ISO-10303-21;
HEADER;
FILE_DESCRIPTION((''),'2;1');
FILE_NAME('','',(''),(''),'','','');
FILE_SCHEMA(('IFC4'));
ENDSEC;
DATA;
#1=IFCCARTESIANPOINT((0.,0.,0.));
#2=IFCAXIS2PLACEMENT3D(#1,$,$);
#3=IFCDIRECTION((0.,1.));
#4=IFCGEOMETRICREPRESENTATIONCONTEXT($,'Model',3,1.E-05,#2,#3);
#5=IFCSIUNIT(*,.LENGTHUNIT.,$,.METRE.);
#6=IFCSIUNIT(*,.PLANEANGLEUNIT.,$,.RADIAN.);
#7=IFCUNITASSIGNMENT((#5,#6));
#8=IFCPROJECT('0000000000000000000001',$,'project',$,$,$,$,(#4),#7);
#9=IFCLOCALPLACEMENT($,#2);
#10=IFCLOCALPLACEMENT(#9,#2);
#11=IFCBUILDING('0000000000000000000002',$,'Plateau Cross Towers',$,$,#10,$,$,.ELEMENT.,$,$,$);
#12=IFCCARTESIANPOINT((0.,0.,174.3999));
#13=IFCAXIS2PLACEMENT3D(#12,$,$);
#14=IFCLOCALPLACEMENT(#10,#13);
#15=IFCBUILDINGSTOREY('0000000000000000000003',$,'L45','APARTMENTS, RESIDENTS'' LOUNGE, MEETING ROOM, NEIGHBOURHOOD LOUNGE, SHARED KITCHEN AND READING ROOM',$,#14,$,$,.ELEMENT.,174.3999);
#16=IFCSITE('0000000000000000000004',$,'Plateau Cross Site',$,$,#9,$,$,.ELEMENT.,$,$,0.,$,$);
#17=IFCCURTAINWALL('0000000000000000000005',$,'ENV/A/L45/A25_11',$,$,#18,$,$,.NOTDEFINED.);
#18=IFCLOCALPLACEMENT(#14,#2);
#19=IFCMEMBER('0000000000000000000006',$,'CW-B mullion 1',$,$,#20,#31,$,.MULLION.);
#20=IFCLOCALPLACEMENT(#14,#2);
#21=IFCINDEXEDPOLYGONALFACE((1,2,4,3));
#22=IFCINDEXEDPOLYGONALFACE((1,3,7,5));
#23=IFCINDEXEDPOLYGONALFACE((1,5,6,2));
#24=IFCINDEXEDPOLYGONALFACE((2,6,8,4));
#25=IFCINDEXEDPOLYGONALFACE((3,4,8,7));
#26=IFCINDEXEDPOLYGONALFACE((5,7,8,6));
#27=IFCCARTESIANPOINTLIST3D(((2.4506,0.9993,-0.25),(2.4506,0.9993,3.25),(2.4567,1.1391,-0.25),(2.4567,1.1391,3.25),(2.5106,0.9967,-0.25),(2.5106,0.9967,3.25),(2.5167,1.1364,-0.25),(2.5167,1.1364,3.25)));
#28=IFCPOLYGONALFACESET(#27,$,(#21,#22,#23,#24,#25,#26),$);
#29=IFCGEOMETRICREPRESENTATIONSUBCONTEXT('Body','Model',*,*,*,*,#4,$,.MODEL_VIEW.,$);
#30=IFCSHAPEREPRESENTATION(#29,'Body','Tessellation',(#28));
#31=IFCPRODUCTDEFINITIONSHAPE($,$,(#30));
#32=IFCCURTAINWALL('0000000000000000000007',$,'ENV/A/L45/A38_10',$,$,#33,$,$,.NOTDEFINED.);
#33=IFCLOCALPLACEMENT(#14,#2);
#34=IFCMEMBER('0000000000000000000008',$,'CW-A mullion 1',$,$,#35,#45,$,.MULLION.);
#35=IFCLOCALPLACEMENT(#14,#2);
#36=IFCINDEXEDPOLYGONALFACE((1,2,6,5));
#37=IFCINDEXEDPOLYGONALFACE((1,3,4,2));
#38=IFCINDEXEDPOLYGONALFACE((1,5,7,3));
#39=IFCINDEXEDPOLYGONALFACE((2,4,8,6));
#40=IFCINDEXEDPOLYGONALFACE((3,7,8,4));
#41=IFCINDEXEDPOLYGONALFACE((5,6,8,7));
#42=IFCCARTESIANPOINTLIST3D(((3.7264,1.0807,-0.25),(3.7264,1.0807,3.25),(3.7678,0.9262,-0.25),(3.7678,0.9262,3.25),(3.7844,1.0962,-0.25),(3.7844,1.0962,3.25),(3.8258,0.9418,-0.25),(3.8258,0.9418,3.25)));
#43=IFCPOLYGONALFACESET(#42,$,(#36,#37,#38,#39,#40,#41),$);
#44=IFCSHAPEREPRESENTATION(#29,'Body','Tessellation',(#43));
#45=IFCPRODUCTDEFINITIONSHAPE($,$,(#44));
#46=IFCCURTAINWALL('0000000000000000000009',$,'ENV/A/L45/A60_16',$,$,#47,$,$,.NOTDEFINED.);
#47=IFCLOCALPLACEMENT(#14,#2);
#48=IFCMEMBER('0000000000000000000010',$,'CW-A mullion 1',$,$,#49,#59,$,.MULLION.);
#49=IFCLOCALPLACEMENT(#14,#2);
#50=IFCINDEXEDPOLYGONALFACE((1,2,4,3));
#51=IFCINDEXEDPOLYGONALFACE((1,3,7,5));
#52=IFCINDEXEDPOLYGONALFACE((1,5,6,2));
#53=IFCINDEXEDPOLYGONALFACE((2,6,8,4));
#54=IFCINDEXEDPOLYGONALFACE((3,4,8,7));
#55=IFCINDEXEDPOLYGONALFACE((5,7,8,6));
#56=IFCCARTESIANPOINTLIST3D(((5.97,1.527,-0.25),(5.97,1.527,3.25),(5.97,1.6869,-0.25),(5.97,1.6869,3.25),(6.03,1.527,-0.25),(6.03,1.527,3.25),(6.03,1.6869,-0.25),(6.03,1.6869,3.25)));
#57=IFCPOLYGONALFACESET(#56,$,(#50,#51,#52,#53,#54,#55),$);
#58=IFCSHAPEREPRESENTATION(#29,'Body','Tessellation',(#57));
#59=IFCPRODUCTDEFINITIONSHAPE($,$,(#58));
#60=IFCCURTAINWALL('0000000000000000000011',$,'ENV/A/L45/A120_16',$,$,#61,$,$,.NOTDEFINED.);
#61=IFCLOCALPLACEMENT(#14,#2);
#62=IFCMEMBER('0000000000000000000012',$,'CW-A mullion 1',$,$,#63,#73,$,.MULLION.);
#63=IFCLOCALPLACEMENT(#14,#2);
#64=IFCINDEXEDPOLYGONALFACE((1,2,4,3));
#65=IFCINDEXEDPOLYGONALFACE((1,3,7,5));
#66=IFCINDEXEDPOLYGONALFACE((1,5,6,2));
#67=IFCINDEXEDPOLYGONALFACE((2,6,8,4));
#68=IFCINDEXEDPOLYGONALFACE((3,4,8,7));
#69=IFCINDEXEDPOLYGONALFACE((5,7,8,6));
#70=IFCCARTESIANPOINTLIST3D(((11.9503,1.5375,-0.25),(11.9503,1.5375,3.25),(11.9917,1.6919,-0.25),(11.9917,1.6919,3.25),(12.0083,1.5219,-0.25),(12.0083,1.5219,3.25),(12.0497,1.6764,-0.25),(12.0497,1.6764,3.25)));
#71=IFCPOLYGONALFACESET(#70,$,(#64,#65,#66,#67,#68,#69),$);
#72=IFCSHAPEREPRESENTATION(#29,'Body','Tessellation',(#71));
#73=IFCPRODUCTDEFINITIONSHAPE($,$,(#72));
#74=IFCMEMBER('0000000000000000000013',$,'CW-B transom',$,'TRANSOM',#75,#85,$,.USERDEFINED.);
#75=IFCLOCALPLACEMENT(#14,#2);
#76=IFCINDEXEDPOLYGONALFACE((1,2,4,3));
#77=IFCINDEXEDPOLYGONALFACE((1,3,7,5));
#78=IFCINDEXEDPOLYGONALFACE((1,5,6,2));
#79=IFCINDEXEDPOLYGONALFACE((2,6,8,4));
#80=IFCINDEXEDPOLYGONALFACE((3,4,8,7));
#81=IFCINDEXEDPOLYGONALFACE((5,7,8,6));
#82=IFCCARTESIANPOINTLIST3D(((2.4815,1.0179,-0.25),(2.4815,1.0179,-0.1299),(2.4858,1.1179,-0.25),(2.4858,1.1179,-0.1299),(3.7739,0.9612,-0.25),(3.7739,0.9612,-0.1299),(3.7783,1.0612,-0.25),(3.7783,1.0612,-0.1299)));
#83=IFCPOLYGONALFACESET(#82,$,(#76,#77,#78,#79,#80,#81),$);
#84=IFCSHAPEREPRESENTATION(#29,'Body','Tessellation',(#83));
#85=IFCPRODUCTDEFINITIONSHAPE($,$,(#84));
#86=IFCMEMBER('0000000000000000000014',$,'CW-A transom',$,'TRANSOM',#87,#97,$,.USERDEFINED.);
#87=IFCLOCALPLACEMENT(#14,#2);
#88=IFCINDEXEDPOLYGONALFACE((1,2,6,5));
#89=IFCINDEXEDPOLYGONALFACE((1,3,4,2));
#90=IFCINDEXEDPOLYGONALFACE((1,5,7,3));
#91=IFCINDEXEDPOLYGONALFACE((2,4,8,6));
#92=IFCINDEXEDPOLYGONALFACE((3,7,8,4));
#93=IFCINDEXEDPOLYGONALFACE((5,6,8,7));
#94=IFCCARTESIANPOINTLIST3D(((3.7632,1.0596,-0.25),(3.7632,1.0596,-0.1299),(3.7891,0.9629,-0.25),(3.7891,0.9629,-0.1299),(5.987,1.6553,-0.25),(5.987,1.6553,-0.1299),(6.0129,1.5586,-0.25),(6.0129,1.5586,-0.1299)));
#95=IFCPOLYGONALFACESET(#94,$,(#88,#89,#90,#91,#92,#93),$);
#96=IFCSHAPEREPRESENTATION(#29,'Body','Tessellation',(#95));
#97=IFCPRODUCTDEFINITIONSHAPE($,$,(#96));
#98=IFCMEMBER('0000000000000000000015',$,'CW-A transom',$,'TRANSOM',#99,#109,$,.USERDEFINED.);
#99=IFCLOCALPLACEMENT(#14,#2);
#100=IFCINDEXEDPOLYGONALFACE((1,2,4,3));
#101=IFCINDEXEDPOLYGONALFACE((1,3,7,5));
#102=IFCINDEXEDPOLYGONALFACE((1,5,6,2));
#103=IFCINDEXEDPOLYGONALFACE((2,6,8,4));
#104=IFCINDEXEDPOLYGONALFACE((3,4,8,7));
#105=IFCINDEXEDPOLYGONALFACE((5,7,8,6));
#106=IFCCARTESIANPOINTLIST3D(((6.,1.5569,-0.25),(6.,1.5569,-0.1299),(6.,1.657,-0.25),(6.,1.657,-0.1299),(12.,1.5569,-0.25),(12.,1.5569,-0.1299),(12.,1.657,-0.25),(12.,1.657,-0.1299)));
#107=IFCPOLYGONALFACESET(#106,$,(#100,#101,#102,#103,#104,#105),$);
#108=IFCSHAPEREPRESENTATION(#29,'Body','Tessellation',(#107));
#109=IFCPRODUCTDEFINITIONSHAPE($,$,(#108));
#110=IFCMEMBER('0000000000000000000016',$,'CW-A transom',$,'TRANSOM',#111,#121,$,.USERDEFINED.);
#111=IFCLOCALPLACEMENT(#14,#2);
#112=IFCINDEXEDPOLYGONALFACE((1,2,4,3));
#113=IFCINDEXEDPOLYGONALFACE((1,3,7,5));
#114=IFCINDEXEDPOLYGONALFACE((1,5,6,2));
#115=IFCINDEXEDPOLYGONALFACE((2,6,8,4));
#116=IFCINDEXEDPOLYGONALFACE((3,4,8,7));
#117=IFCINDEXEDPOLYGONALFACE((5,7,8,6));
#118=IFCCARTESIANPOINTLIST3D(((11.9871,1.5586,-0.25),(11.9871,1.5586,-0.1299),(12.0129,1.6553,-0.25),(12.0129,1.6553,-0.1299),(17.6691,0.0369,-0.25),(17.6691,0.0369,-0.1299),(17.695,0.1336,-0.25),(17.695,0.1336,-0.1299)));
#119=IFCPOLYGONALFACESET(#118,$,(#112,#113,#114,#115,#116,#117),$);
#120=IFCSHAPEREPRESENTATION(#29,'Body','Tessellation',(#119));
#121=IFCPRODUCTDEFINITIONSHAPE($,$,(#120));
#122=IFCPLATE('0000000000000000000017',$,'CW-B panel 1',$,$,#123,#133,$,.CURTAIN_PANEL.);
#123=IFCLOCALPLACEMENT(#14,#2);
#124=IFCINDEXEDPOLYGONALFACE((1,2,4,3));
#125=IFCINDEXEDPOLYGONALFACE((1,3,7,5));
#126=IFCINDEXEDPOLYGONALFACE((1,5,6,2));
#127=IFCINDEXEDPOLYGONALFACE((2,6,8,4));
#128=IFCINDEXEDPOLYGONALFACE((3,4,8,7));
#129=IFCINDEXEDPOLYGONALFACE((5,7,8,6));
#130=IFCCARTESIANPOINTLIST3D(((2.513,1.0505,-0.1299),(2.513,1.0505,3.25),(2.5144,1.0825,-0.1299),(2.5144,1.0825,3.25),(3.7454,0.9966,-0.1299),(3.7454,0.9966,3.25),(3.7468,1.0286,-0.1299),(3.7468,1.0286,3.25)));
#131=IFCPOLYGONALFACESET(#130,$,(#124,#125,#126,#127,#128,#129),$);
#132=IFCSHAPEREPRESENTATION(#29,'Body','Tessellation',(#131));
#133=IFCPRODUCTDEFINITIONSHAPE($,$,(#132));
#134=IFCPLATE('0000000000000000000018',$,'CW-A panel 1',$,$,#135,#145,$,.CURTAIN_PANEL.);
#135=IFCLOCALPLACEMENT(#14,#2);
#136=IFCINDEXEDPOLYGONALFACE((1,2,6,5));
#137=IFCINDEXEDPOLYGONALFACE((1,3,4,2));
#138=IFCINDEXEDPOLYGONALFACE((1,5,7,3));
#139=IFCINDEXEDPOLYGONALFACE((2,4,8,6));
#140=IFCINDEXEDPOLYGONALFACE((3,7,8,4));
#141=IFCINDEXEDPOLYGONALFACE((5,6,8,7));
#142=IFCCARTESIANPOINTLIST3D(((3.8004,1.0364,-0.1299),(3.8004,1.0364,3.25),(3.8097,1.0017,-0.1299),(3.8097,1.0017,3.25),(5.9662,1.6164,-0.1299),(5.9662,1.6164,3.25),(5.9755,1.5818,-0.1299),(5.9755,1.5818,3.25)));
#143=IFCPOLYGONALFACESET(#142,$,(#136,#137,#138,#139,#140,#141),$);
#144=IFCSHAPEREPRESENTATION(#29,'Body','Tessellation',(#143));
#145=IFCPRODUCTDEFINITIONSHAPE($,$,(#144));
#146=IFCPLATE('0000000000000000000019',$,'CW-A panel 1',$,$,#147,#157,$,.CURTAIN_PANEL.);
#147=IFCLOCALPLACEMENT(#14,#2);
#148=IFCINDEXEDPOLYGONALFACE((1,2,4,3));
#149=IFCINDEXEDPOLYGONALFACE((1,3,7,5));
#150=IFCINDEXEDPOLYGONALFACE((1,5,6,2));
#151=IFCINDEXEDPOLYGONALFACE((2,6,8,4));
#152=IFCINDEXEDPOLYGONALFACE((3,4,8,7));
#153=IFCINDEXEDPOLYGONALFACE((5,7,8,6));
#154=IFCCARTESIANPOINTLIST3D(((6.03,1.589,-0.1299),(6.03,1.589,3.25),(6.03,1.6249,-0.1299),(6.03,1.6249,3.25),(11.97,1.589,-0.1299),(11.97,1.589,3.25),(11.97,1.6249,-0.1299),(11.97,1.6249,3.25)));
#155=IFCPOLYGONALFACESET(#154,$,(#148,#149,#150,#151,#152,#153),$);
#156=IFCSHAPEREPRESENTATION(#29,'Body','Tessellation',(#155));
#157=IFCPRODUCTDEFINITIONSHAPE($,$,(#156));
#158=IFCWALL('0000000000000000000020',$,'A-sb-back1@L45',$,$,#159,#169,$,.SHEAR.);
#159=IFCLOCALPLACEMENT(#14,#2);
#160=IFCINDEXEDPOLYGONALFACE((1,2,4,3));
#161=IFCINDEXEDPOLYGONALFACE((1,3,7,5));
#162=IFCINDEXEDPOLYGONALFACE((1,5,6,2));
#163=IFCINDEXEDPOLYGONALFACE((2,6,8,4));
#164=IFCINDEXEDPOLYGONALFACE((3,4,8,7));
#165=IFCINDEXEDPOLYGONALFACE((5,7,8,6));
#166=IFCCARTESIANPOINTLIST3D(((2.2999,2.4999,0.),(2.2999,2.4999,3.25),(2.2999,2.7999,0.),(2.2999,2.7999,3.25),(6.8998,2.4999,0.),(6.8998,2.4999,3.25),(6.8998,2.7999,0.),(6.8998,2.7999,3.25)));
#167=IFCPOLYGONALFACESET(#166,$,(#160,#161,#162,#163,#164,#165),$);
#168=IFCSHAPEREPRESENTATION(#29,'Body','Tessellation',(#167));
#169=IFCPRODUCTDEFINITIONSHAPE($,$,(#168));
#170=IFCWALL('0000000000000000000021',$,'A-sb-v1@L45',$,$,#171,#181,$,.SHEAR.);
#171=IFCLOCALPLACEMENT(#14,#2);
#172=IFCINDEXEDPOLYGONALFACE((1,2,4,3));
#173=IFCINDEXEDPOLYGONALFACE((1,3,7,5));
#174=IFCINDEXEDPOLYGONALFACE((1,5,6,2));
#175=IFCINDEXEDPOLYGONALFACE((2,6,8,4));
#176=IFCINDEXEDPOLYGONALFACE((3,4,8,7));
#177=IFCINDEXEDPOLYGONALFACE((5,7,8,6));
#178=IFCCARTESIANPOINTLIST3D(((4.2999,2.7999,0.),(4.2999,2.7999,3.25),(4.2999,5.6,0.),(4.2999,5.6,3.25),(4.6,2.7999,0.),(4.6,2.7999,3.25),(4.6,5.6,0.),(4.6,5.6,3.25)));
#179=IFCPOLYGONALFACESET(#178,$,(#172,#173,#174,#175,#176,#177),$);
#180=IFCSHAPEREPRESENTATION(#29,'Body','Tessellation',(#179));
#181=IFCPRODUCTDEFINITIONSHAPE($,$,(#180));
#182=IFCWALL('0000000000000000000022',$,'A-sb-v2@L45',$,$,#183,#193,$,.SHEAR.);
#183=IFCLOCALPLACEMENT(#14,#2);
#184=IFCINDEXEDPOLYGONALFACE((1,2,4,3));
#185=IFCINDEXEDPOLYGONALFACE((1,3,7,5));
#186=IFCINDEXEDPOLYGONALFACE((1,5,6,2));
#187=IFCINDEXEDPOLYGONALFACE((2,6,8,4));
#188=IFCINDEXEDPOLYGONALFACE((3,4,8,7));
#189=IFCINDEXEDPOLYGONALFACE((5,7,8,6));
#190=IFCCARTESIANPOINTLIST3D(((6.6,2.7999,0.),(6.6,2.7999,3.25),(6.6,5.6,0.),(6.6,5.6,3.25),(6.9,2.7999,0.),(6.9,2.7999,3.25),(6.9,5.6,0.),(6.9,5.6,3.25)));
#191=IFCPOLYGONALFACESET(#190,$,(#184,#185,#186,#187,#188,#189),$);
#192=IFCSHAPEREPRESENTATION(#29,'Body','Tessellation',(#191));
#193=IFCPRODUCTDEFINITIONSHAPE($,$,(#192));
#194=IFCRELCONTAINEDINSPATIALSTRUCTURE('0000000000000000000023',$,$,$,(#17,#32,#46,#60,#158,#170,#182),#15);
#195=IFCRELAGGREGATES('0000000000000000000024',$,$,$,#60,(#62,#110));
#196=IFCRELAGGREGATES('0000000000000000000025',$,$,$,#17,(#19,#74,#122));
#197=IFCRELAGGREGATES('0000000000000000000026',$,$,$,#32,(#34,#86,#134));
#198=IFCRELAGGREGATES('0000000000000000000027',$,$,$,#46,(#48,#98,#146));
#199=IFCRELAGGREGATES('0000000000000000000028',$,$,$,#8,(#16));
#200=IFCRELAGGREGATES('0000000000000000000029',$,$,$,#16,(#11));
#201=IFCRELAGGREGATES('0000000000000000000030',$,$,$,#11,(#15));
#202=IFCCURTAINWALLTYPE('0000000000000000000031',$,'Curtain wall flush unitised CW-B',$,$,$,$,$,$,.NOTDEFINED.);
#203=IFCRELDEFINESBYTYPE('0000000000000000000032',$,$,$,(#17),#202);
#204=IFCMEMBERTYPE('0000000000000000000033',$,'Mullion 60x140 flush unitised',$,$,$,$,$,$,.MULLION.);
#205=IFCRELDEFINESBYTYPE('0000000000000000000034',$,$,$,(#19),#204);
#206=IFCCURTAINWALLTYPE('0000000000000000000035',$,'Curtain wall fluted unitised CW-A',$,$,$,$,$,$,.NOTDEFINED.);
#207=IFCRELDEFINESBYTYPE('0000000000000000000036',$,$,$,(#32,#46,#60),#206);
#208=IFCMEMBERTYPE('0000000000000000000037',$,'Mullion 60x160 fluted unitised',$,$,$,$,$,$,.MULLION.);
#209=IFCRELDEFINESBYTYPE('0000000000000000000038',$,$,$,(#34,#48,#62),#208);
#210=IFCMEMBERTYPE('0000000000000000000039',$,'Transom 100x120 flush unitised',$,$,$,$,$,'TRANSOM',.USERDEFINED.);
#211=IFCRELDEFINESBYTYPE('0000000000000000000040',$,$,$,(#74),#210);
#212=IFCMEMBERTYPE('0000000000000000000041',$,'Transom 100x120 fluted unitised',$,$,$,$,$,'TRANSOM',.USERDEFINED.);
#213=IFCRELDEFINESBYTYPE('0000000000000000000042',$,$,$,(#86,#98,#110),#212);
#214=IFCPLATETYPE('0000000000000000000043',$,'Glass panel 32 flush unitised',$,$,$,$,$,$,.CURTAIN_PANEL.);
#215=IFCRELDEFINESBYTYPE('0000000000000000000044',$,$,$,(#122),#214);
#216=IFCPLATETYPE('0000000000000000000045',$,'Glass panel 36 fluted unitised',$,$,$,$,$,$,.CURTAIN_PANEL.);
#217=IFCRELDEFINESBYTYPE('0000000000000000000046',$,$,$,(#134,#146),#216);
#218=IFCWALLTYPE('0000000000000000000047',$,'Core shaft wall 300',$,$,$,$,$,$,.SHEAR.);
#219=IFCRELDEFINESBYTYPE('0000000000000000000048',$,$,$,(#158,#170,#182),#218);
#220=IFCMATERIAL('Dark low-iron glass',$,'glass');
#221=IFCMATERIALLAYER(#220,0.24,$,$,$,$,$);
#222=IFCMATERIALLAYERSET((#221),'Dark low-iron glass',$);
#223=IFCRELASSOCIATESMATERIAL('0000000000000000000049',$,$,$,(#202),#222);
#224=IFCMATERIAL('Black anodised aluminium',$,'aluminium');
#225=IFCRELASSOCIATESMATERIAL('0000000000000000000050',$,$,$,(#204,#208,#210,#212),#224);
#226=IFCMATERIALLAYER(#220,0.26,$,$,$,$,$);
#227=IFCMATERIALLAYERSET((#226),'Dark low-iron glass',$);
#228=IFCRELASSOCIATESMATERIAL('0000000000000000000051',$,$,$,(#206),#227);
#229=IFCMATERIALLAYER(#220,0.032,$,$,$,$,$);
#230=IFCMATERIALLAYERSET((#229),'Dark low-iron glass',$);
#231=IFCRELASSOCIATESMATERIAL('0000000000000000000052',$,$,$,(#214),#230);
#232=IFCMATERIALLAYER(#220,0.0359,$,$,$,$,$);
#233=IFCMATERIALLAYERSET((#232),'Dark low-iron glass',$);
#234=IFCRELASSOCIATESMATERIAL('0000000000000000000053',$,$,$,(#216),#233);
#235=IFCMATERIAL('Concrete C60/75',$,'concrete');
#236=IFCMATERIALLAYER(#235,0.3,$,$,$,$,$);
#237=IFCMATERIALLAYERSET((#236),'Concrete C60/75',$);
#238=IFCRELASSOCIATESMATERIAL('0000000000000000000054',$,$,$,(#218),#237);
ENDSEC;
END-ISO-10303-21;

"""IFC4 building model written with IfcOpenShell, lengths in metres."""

from ifc_helpers import new_model, si_unit, direction, frame, frame_2d, origin, origin_2d, place, context, subcontext, project, spatial, rectangle, extrude, material, layer, layer_set, material_profile, profile_set, type_object, element, aggregate, save


model = new_model("IFC4")

# Units and contexts
model_context = context("Model", 3, precision=1e-05, world=origin(), true_north=direction((0.0, 1.0)))
body_context = subcontext(model_context, "Body", "Model", "MODEL_VIEW")
ifc_project = project(units=[si_unit("LENGTHUNIT", "METRE"), si_unit("PLANEANGLEUNIT", "RADIAN")], contexts=[model_context])

# Site, building, storey
site_placement = place(None, origin())
site = spatial("IfcSite", under=ifc_project, at=site_placement, Name="Plateau Cross Site", CompositionType="ELEMENT", RefElevation=0.0)
building_placement = place(site_placement, origin())
building = spatial("IfcBuilding", under=site, at=building_placement, Name="Plateau Cross Towers", CompositionType="ELEMENT")
storey_placement = place(building_placement, frame((0.0, 0.0, 174.3999)))
storey = spatial("IfcBuildingStorey", under=building, at=storey_placement, Name="L45", Description="APARTMENTS, RESIDENTS' LOUNGE, MEETING ROOM, NEIGHBOURHOOD LOUNGE, SHARED KITCHEN AND READING ROOM", CompositionType="ELEMENT", Elevation=174.3999)

# Curtain walls, members
ifc_material_1 = material(Name="Dark low-iron glass", Category="glass")
ifc_layer_1 = layer(ifc_material_1, 0.24)
ifc_layer_set_1 = layer_set([ifc_layer_1], Name="Dark low-iron glass")
curtain_wall_type_1 = type_object("IfcCurtainWallType", Name="Curtain wall flush unitised CW-B", PredefinedType="NOTDEFINED", material=ifc_layer_set_1)
curtain_wall_1_placement = place(storey_placement, origin())
curtain_wall_1 = element("IfcCurtainWall", 1, at=curtain_wall_1_placement, inside=storey, type_object=curtain_wall_type_1, Name="ENV/A/L45/A25_11", PredefinedType="NOTDEFINED")
ifc_material_2 = material(Name="Black anodised aluminium", Category="aluminium")
ifc_material_profile_1 = material_profile(ifc_material_2, rectangle(XDim=0.0601, YDim=0.1399, at=origin_2d()), Name="MULLION 60x140")
ifc_profile_set_1 = profile_set([ifc_material_profile_1], Name="Black anodised aluminium")
member_type_1 = type_object("IfcMemberType", Name="Mullion 60x140 flush unitised", PredefinedType="MULLION", material=ifc_profile_set_1)
member_1_placement = place(storey_placement, frame((2.4836, 1.0679, -0.25), z_axis=(0.0, 0.0, 1.0), x_axis=(0.999044, -0.043723, 0.0)))
member_1 = element("IfcMember", 2, at=member_1_placement, type_object=member_type_1, Name="CW-B mullion 1", PredefinedType="MULLION", context=body_context, shape_type="SweptSolid", body=[
    extrude(rectangle(XDim=0.0601, YDim=0.1399, at=origin_2d()), origin(), (0.0, 0.0, 1.0), 3.5),
])
ifc_layer_2 = layer(ifc_material_1, 0.26)
ifc_layer_set_2 = layer_set([ifc_layer_2], Name="Dark low-iron glass")
curtain_wall_type_2 = type_object("IfcCurtainWallType", Name="Curtain wall fluted unitised CW-A", PredefinedType="NOTDEFINED", material=ifc_layer_set_2)
curtain_wall_2_placement = place(storey_placement, origin())
curtain_wall_2 = element("IfcCurtainWall", 3, at=curtain_wall_2_placement, inside=storey, type_object=curtain_wall_type_2, Name="ENV/A/L45/A38_10", PredefinedType="NOTDEFINED")
ifc_material_profile_2 = material_profile(ifc_material_2, rectangle(XDim=0.0601, YDim=0.1599, at=origin_2d()), Name="MULLION 60x160")
ifc_profile_set_2 = profile_set([ifc_material_profile_2], Name="Black anodised aluminium")
member_type_2 = type_object("IfcMemberType", Name="Mullion 60x160 fluted unitised", PredefinedType="MULLION", material=ifc_profile_set_2)
member_2_placement = place(storey_placement, frame((3.7761, 1.0112, -0.25), z_axis=(0.0, 0.0, 1.0), x_axis=(0.965958, 0.258699, 0.0)))
member_2 = element("IfcMember", 4, at=member_2_placement, type_object=member_type_2, Name="CW-A mullion 1", PredefinedType="MULLION", context=body_context, shape_type="SweptSolid", body=[
    extrude(rectangle(XDim=0.0601, YDim=0.1599, at=origin_2d()), origin(), (0.0, 0.0, 1.0), 3.5),
])
curtain_wall_3_placement = place(storey_placement, origin())
curtain_wall_3 = element("IfcCurtainWall", 5, at=curtain_wall_3_placement, inside=storey, type_object=curtain_wall_type_2, Name="ENV/A/L45/A60_16", PredefinedType="NOTDEFINED")
member_3_placement = place(storey_placement, frame((6.0, 1.6069, -0.25), z_axis=(0.0, 0.0, 1.0), x_axis=(1.0, 0.0, 0.0)))
member_3 = element("IfcMember", 6, at=member_3_placement, type_object=member_type_2, Name="CW-A mullion 1", PredefinedType="MULLION", context=body_context, shape_type="SweptSolid", body=[
    extrude(rectangle(XDim=0.0601, YDim=0.1599, at=origin_2d()), origin(), (0.0, 0.0, 1.0), 3.5),
])
curtain_wall_4_placement = place(storey_placement, origin())
curtain_wall_4 = element("IfcCurtainWall", 7, at=curtain_wall_4_placement, inside=storey, type_object=curtain_wall_type_2, Name="ENV/A/L45/A120_16", PredefinedType="NOTDEFINED")
member_4_placement = place(storey_placement, frame((12.0, 1.6069, -0.25), z_axis=(0.0, 0.0, 1.0), x_axis=(0.965958, -0.258699, 0.0)))
member_4 = element("IfcMember", 8, at=member_4_placement, type_object=member_type_2, Name="CW-A mullion 1", PredefinedType="MULLION", context=body_context, shape_type="SweptSolid", body=[
    extrude(rectangle(XDim=0.0601, YDim=0.1599, at=origin_2d()), origin(), (0.0, 0.0, 1.0), 3.5),
])

# Members
ifc_material_profile_3 = material_profile(ifc_material_2, rectangle(XDim=0.1001, YDim=0.1201, at=origin_2d()), Name="TRANSOM 100x120")
ifc_profile_set_3 = profile_set([ifc_material_profile_3], Name="Black anodised aluminium")
member_type_3 = type_object("IfcMemberType", Name="Transom 100x120 flush unitised", ElementType="TRANSOM", PredefinedType="USERDEFINED", material=ifc_profile_set_3)
member_5_placement = place(storey_placement, frame((2.4836, 1.0679, -0.1899), z_axis=(0.999041, -0.043781, 0.0), x_axis=(0.043781, 0.999041, 0.0)))
member_5 = element("IfcMember", 9, at=member_5_placement, type_object=member_type_3, Name="CW-B transom", ObjectType="TRANSOM", PredefinedType="USERDEFINED", context=body_context, shape_type="SweptSolid", body=[
    extrude(rectangle(XDim=0.1001, YDim=0.1201, at=origin_2d()), origin(), (0.0, 0.0, 1.0), 1.2937),
])
ifc_material_profile_4 = material_profile(ifc_material_2, rectangle(XDim=0.1001, YDim=0.1201, at=origin_2d()), Name="TRANSOM 100x120")
ifc_profile_set_4 = profile_set([ifc_material_profile_4], Name="Black anodised aluminium")
member_type_4 = type_object("IfcMemberType", Name="Transom 100x120 fluted unitised", ElementType="TRANSOM", PredefinedType="USERDEFINED", material=ifc_profile_set_4)
member_6_placement = place(storey_placement, frame((3.7761, 1.0112, -0.1899), z_axis=(0.965946, 0.258745, 0.0), x_axis=(-0.258745, 0.965946, 0.0)))
member_6 = element("IfcMember", 10, at=member_6_placement, type_object=member_type_4, Name="CW-A transom", ObjectType="TRANSOM", PredefinedType="USERDEFINED", context=body_context, shape_type="SweptSolid", body=[
    extrude(rectangle(XDim=0.1001, YDim=0.1201, at=origin_2d()), origin(), (0.0, 0.0, 1.0), 2.3022),
])
member_7_placement = place(storey_placement, frame((6.0, 1.6069, -0.1899), z_axis=(1.0, 0.0, 0.0), x_axis=(0.0, 1.0, 0.0)))
member_7 = element("IfcMember", 11, at=member_7_placement, type_object=member_type_4, Name="CW-A transom", ObjectType="TRANSOM", PredefinedType="USERDEFINED", context=body_context, shape_type="SweptSolid", body=[
    extrude(rectangle(XDim=0.1001, YDim=0.1201, at=origin_2d()), origin(), (0.0, 0.0, 1.0), 6.0),
])
member_8_placement = place(storey_placement, frame((12.0, 1.6069, -0.1899), z_axis=(0.96596, -0.258693, 0.0), x_axis=(0.258693, 0.96596, 0.0)))
member_8 = element("IfcMember", 12, at=member_8_placement, type_object=member_type_4, Name="CW-A transom", ObjectType="TRANSOM", PredefinedType="USERDEFINED", context=body_context, shape_type="SweptSolid", body=[
    extrude(rectangle(XDim=0.1001, YDim=0.1201, at=origin_2d()), origin(), (0.0, 0.0, 1.0), 5.8823),
])
aggregate(curtain_wall_4, [member_4, member_8])

# Plates
ifc_layer_3 = layer(ifc_material_1, 0.032)
ifc_layer_set_3 = layer_set([ifc_layer_3], Name="Dark low-iron glass")
plate_type_1 = type_object("IfcPlateType", Name="Glass panel 32 flush unitised", PredefinedType="CURTAIN_PANEL", material=ifc_layer_set_3)
plate_1_placement = place(storey_placement, frame((3.1299, 1.0396, -0.1299), z_axis=(0.0, 0.0, 1.0), x_axis=(0.999044, -0.043723, 0.0)))
plate_1 = element("IfcPlate", 13, at=plate_1_placement, type_object=plate_type_1, Name="CW-B panel 1", PredefinedType="CURTAIN_PANEL", context=body_context, shape_type="SweptSolid", body=[
    extrude(rectangle(XDim=1.2336, YDim=0.032, at=origin_2d()), origin(), (0.0, 0.0, 1.0), 3.3799),
])
aggregate(curtain_wall_1, [member_1, member_5, plate_1])
ifc_layer_4 = layer(ifc_material_1, 0.0359)
ifc_layer_set_4 = layer_set([ifc_layer_4], Name="Dark low-iron glass")
plate_type_2 = type_object("IfcPlateType", Name="Glass panel 36 fluted unitised", PredefinedType="CURTAIN_PANEL", material=ifc_layer_set_4)
plate_2_placement = place(storey_placement, frame((4.8879, 1.3091, -0.1299), z_axis=(0.0, 0.0, 1.0), x_axis=(0.965958, 0.258699, 0.0)))
plate_2 = element("IfcPlate", 14, at=plate_2_placement, type_object=plate_type_2, Name="CW-A panel 1", PredefinedType="CURTAIN_PANEL", context=body_context, shape_type="SweptSolid", body=[
    extrude(rectangle(XDim=2.2422, YDim=0.0359, at=origin_2d()), origin(), (0.0, 0.0, 1.0), 3.3799),
])
aggregate(curtain_wall_2, [member_2, member_6, plate_2])
plate_3_placement = place(storey_placement, frame((9.0, 1.6069, -0.1299), z_axis=(0.0, 0.0, 1.0), x_axis=(1.0, 0.0, 0.0)))
plate_3 = element("IfcPlate", 15, at=plate_3_placement, type_object=plate_type_2, Name="CW-A panel 1", PredefinedType="CURTAIN_PANEL", context=body_context, shape_type="SweptSolid", body=[
    extrude(rectangle(XDim=5.9399, YDim=0.0359, at=origin_2d()), origin(), (0.0, 0.0, 1.0), 3.3799),
])
aggregate(curtain_wall_3, [member_3, member_7, plate_3])

# Walls
ifc_material_3 = material(Name="Concrete C60/75", Category="concrete")
ifc_layer_5 = layer(ifc_material_3, 0.3)
ifc_layer_set_5 = layer_set([ifc_layer_5], Name="Concrete C60/75")
wall_type_1 = type_object("IfcWallType", Name="Core shaft wall 300", PredefinedType="SHEAR", material=ifc_layer_set_5)
wall_1_placement = place(storey_placement, frame((2.3, 2.6499, 0.0), z_axis=(0.0, 0.0, 1.0), x_axis=(1.0, 0.0, 0.0)))
element("IfcWall", 16, at=wall_1_placement, inside=storey, type_object=wall_type_1, Name="A-sb-back1@L45", PredefinedType="SHEAR", context=body_context, shape_type="SweptSolid", body=[
    extrude(rectangle(XDim=4.5999, YDim=0.3, at=frame_2d((2.2998, 0.0))), origin(), (0.0, 0.0, 1.0), 3.25),
])
for number, where, z_axis, x_axis, name in (
    (17, (4.45, 2.8, 0.0), (0.0, 0.0, 1.0), (0.0, 1.0, 0.0), "A-sb-v1@L45"),
    (18, (6.75, 2.8, 0.0), (0.0, 0.0, 1.0), (0.0, 1.0, 0.0), "A-sb-v2@L45"),
):
    element("IfcWall", number, at=place(storey_placement, frame(where, z_axis=z_axis, x_axis=x_axis)), inside=storey, type_object=wall_type_1, Name=name, PredefinedType="SHEAR", context=body_context, shape_type="SweptSolid", body=[
        extrude(rectangle(XDim=2.8, YDim=0.3, at=frame_2d((1.3999, 0.0))), origin(), (0.0, 0.0, 1.0), 3.25),
    ])

save(model, "model.ifc")
